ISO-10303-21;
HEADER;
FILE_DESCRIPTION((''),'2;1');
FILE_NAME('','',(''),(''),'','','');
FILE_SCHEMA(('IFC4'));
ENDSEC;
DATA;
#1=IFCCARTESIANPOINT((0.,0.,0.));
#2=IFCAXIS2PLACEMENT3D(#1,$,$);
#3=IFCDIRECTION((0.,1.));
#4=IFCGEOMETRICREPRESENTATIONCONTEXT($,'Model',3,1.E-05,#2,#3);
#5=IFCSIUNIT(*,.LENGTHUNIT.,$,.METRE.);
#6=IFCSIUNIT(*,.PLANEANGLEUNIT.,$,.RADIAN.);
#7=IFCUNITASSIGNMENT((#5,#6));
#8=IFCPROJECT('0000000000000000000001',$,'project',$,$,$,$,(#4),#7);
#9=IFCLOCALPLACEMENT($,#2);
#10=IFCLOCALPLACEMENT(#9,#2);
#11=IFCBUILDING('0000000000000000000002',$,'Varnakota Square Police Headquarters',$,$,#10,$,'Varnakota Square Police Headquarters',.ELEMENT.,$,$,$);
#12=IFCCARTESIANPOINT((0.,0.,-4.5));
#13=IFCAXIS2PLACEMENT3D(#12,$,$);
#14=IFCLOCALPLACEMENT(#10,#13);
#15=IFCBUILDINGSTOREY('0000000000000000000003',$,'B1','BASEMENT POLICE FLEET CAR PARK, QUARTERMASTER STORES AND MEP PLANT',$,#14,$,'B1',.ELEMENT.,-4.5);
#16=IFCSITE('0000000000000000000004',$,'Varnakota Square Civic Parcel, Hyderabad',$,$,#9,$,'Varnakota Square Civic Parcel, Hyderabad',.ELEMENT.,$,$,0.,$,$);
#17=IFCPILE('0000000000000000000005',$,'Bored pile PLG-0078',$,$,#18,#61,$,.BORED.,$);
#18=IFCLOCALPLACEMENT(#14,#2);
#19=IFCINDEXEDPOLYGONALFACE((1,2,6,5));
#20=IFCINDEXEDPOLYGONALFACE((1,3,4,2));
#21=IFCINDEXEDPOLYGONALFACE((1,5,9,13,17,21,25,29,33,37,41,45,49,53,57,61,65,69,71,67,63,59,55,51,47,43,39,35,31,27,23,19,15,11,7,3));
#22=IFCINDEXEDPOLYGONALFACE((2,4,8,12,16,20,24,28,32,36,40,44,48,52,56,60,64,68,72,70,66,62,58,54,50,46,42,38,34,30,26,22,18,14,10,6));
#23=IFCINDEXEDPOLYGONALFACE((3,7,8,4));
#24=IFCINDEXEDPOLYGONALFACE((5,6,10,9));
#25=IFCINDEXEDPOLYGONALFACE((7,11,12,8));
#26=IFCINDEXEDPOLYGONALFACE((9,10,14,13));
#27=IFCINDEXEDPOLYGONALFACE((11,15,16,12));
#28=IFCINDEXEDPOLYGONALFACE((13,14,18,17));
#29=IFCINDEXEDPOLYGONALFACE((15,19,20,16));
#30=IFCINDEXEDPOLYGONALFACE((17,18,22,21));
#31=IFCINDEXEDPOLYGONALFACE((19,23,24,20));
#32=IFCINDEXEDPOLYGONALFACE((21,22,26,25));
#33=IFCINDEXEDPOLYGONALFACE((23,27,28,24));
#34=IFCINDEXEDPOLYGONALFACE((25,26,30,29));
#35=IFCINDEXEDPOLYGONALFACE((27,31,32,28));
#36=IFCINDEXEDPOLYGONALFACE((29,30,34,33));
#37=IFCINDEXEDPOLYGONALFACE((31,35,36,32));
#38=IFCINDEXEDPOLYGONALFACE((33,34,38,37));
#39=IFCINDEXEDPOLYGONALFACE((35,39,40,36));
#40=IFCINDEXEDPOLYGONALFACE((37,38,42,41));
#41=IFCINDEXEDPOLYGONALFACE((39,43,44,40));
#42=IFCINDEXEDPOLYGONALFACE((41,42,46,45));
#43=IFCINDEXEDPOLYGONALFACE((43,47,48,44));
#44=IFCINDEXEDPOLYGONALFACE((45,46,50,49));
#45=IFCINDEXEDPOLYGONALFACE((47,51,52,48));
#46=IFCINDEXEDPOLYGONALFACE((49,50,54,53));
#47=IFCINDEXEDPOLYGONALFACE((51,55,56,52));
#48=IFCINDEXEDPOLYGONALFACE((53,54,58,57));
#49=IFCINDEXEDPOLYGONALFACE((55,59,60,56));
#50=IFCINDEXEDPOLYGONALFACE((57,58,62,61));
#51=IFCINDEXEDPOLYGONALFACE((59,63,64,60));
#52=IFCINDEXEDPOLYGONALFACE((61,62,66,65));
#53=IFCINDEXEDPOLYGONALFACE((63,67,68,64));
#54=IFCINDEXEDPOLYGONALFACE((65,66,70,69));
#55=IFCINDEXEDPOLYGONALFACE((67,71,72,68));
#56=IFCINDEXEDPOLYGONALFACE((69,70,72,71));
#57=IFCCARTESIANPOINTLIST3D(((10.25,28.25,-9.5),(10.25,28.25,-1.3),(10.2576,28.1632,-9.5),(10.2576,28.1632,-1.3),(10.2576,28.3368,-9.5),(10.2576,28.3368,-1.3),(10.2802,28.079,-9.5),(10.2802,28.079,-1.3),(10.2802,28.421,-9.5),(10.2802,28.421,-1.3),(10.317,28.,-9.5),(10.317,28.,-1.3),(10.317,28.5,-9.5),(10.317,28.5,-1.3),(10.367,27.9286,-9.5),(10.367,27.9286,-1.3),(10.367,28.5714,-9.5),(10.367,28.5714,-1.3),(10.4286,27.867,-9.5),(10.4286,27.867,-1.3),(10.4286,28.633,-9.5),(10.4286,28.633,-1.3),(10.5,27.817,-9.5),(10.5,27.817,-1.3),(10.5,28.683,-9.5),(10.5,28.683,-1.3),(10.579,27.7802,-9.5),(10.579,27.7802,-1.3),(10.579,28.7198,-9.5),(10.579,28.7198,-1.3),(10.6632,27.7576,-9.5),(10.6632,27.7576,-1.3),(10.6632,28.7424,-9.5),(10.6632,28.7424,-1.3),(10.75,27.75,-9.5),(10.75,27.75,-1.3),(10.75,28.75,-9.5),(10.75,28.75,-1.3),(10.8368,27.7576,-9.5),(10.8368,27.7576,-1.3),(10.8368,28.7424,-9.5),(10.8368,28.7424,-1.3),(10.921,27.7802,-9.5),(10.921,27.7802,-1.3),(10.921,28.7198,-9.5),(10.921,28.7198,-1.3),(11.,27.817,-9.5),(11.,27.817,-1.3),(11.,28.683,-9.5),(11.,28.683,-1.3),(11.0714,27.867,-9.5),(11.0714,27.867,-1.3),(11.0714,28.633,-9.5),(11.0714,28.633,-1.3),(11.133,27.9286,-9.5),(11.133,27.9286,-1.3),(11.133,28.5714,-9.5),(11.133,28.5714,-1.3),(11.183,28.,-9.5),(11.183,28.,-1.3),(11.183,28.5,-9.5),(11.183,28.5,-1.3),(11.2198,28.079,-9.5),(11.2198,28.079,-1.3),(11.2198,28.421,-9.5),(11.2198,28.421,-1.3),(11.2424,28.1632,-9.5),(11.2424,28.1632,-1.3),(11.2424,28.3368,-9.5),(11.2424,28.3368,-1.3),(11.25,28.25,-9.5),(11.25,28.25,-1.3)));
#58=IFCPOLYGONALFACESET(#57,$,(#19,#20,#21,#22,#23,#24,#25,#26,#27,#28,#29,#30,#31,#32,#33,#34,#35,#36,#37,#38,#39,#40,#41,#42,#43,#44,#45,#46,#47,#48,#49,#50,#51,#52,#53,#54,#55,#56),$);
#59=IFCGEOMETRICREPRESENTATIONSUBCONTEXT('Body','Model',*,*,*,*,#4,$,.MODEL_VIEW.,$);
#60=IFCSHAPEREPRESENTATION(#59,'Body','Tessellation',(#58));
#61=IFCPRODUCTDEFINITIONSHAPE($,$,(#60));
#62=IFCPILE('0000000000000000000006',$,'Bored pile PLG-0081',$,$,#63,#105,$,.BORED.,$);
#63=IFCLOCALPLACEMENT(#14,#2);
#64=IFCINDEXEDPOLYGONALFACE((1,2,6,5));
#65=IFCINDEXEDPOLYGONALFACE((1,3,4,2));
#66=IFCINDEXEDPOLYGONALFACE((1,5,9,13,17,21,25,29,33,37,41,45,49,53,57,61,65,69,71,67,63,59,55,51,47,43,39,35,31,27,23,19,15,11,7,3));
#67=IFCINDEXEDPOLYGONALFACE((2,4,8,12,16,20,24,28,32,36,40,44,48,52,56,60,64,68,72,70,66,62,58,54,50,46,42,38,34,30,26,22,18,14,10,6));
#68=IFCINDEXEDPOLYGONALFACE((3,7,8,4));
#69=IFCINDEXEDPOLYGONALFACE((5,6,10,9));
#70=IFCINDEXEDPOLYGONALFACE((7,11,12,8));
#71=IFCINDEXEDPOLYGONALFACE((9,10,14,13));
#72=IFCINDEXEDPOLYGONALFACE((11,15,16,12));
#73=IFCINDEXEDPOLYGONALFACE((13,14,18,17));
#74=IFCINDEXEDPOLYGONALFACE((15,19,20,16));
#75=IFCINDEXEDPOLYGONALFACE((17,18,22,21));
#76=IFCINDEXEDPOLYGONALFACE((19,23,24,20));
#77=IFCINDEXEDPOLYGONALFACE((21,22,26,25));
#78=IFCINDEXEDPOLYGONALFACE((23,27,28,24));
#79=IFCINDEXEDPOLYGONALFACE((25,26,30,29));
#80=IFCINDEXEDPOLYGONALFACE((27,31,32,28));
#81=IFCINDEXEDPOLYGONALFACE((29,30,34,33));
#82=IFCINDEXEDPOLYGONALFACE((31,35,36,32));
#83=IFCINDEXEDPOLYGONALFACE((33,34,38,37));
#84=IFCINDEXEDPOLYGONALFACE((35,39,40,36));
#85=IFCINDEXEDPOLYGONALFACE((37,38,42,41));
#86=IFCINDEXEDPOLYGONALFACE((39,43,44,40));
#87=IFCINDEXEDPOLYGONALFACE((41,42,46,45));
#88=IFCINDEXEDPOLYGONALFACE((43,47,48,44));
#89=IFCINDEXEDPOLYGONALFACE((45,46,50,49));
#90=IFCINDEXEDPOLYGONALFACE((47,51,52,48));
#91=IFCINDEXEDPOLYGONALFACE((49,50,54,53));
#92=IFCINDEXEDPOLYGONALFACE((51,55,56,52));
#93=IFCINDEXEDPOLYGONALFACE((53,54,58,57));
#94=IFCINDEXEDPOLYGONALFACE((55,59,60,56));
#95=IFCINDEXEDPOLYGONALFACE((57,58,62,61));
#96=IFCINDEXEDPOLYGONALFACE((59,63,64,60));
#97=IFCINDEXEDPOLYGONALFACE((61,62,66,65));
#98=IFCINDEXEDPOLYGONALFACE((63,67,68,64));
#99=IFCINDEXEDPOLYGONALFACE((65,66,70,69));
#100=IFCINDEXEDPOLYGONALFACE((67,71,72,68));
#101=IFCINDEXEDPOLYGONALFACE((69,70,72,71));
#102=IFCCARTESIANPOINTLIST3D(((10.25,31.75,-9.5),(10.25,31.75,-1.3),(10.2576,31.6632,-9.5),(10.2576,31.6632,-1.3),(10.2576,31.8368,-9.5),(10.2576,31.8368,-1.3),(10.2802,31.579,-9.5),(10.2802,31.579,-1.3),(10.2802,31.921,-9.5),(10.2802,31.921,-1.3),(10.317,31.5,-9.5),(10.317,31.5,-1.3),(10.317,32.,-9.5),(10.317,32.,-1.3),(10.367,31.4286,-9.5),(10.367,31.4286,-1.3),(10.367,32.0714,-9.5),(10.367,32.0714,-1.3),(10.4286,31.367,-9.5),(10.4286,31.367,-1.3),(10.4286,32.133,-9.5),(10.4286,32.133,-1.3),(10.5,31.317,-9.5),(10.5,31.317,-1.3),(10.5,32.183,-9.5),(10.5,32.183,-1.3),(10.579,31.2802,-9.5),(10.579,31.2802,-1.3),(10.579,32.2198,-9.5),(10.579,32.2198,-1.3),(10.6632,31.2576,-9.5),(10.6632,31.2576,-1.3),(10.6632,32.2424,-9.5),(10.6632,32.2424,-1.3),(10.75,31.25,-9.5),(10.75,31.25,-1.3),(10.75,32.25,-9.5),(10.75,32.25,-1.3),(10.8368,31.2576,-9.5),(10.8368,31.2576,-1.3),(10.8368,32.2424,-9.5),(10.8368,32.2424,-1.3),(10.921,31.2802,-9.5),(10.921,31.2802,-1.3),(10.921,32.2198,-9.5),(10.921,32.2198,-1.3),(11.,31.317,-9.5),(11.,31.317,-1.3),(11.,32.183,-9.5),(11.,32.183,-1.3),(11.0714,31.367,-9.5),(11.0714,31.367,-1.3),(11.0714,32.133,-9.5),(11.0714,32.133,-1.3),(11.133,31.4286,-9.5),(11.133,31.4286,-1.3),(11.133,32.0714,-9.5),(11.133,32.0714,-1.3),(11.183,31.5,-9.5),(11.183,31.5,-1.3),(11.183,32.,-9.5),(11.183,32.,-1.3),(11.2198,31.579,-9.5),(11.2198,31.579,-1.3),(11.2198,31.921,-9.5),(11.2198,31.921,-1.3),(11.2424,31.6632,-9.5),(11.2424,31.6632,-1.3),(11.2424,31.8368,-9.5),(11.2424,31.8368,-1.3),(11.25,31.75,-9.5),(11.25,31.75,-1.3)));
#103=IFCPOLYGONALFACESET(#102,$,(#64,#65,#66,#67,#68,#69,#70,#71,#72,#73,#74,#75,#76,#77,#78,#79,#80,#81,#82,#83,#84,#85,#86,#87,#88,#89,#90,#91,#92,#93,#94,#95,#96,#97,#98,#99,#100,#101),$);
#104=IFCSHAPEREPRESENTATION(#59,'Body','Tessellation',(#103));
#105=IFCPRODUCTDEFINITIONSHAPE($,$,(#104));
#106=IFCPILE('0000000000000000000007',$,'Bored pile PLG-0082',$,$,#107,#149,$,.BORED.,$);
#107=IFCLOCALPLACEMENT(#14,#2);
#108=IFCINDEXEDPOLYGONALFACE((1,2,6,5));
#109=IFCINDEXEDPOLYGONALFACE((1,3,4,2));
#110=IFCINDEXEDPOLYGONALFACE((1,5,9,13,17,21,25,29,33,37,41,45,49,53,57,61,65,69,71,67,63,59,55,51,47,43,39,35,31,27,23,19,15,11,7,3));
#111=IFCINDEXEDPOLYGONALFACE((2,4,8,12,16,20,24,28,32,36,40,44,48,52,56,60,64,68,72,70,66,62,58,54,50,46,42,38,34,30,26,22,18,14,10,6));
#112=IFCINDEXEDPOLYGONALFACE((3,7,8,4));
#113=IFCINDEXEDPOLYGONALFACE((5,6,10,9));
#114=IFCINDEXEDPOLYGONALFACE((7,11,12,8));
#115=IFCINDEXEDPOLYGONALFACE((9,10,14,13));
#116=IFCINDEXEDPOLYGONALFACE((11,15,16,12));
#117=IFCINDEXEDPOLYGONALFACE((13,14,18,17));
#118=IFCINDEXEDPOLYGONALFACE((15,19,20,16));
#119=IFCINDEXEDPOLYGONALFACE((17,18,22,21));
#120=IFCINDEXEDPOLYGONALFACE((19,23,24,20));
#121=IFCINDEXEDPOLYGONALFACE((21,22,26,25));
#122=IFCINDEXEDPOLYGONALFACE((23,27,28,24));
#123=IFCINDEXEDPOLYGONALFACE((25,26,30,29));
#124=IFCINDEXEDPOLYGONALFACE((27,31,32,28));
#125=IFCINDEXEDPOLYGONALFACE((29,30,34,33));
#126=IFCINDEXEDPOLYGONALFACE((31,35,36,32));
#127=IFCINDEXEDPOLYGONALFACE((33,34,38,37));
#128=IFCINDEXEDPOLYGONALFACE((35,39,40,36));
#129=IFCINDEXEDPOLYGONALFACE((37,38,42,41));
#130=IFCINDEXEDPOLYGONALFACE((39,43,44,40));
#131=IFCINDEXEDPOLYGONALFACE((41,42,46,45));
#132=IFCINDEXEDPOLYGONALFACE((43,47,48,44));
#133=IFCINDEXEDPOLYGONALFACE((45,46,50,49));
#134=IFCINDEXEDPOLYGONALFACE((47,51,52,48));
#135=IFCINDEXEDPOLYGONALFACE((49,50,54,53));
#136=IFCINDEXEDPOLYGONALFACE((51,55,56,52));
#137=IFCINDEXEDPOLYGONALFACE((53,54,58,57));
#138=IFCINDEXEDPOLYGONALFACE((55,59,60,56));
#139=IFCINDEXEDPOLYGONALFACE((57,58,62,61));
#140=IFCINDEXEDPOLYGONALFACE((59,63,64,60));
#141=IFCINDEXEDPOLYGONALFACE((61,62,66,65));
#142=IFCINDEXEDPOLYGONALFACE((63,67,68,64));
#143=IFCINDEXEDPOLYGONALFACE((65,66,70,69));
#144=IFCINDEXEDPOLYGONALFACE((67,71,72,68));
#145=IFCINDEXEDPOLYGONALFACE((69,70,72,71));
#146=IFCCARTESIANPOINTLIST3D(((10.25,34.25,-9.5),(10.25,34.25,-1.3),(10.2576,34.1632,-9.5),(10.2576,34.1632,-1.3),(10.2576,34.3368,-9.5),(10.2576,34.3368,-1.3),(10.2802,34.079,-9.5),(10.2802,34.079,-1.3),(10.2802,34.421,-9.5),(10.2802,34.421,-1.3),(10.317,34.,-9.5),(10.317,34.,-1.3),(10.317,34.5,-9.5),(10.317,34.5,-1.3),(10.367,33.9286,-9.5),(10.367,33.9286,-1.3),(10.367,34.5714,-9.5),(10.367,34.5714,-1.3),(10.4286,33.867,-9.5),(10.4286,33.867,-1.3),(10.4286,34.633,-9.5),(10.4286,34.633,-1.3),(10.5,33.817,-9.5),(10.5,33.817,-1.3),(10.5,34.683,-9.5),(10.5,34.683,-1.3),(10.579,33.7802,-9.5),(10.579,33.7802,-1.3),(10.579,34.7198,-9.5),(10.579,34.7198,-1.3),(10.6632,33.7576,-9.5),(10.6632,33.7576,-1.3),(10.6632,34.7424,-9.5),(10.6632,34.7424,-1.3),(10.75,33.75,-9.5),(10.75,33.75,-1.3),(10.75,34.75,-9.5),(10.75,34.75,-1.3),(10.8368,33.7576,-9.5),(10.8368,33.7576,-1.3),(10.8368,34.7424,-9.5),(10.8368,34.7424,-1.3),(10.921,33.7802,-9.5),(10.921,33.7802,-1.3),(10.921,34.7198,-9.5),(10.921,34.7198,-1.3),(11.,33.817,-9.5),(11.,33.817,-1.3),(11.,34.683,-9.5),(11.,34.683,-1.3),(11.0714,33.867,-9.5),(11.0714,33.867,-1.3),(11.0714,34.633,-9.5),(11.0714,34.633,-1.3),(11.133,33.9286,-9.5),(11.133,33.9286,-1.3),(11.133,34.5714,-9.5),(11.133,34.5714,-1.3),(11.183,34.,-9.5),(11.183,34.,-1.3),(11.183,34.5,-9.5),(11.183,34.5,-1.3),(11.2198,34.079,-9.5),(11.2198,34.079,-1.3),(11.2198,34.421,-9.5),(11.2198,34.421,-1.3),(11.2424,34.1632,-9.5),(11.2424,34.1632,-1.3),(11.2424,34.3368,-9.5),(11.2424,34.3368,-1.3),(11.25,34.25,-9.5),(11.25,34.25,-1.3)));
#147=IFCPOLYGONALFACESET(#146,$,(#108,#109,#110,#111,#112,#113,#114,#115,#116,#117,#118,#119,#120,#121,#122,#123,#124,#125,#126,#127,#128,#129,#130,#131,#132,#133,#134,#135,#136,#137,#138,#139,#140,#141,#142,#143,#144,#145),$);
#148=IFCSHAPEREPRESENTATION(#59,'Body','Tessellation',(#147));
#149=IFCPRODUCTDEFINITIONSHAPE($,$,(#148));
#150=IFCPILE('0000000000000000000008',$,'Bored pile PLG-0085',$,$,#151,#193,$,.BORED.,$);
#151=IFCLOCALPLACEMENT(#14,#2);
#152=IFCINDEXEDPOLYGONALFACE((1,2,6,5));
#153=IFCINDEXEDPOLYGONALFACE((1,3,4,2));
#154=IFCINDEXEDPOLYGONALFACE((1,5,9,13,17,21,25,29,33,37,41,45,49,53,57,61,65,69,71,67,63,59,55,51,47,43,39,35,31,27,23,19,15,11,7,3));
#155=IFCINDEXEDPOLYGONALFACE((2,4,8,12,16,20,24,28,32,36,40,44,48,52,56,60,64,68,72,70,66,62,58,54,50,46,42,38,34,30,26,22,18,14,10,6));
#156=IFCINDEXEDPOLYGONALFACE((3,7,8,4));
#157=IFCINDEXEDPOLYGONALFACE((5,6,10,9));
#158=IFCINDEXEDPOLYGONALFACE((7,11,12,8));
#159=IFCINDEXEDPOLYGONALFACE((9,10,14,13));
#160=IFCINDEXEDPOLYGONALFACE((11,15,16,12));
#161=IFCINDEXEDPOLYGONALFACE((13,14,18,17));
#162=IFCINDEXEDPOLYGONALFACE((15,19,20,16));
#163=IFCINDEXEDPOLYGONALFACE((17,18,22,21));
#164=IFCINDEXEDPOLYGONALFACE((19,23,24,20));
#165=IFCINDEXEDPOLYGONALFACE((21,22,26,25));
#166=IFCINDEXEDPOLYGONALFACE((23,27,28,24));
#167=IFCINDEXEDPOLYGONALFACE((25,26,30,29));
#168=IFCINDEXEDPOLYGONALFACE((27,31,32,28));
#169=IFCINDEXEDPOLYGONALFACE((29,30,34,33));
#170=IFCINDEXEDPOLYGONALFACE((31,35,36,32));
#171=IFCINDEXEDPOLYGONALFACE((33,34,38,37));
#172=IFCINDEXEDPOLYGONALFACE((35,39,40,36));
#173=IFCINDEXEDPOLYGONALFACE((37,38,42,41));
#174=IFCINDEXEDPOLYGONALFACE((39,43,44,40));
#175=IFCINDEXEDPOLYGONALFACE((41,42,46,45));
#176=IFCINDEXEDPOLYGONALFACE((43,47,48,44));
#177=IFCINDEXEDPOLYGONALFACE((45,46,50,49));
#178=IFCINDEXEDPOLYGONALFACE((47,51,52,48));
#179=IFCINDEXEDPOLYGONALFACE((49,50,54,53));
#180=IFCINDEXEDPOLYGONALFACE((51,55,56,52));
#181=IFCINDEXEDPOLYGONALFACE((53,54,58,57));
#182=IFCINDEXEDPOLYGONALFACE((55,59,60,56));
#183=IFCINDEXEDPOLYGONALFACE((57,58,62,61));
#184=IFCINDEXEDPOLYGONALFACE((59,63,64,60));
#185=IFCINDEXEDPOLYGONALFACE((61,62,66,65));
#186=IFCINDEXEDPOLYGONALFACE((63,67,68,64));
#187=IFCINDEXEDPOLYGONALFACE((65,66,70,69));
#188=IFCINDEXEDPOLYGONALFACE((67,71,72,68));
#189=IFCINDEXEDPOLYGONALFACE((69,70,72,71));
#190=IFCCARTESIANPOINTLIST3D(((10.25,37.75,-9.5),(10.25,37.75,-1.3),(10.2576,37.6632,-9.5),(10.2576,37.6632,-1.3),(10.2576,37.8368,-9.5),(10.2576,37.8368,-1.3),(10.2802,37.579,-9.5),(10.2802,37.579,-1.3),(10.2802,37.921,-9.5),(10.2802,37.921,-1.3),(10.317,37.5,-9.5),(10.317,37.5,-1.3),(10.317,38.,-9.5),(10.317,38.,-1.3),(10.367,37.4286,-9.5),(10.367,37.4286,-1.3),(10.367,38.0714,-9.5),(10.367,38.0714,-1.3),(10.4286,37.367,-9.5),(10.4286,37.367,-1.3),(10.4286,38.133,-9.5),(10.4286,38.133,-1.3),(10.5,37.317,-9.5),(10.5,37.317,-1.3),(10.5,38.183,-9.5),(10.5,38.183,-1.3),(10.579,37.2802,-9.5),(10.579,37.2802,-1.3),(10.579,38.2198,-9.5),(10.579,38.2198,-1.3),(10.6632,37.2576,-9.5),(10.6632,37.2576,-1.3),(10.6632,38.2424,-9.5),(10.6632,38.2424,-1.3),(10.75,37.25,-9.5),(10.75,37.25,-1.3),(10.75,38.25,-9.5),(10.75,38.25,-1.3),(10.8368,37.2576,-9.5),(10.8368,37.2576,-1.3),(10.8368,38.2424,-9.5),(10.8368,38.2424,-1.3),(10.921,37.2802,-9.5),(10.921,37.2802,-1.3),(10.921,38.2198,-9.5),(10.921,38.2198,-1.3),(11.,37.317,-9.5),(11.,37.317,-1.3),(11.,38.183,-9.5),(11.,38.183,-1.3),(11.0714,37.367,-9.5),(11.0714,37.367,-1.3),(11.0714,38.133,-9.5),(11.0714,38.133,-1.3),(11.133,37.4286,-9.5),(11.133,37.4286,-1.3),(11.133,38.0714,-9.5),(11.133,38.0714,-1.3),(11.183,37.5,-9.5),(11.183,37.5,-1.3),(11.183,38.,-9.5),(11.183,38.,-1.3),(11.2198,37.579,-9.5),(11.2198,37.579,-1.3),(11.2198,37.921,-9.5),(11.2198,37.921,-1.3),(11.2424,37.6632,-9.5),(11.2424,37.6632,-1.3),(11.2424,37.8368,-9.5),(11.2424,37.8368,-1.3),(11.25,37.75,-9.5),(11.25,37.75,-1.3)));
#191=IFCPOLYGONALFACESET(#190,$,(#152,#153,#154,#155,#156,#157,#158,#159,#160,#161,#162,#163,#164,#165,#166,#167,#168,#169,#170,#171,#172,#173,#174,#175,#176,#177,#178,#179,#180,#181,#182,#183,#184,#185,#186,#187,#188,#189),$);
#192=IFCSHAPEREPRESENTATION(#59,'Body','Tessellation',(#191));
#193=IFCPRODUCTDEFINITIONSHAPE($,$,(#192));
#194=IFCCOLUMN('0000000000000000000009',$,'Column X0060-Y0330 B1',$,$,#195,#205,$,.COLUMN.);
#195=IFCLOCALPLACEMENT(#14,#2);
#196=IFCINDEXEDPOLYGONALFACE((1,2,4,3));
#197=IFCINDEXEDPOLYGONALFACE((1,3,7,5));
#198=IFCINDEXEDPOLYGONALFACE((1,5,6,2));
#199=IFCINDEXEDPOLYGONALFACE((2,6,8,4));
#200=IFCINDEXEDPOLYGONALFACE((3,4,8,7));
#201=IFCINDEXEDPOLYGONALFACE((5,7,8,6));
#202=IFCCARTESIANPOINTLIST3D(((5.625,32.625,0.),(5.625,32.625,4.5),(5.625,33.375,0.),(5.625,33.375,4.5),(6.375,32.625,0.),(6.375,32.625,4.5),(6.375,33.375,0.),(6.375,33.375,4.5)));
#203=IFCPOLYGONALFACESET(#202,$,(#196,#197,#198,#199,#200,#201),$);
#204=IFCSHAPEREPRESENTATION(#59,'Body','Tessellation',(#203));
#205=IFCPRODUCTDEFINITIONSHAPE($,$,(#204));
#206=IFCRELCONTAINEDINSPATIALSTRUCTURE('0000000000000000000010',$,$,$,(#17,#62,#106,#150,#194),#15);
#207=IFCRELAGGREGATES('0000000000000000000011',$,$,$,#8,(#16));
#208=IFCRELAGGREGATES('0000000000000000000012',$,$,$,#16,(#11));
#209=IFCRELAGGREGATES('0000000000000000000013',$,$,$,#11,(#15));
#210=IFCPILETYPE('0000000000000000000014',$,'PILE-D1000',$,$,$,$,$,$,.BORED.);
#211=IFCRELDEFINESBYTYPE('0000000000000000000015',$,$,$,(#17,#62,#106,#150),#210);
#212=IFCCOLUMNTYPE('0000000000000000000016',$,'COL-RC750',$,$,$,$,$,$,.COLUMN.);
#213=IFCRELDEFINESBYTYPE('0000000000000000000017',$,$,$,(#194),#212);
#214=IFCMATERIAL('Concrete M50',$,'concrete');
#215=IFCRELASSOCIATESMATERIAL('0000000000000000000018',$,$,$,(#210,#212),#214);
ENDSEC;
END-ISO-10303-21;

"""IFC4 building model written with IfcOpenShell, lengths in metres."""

from ifc_helpers import new_model, si_unit, direction, frame, origin, origin_2d, place, context, subcontext, project, spatial, rectangle, circle, extrude, material, material_profile, profile_set, type_object, element, save


model = new_model("IFC4")

# Units and contexts
model_context = context("Model", 3, precision=1e-05, world=origin(), true_north=direction((0.0, 1.0)))
body_context = subcontext(model_context, "Body", "Model", "MODEL_VIEW")
ifc_project = project(units=[si_unit("LENGTHUNIT", "METRE"), si_unit("PLANEANGLEUNIT", "RADIAN")], contexts=[model_context])

# Site, building, storey
site_placement = place(None, origin())
site = spatial("IfcSite", under=ifc_project, at=site_placement, Name="Varnakota Square Civic Parcel, Hyderabad", LongName="Varnakota Square Civic Parcel, Hyderabad", CompositionType="ELEMENT", RefElevation=0.0)
building_placement = place(site_placement, origin())
building = spatial("IfcBuilding", under=site, at=building_placement, Name="Varnakota Square Police Headquarters", LongName="Varnakota Square Police Headquarters", CompositionType="ELEMENT")
storey_placement = place(building_placement, frame((0.0, 0.0, -4.5)))
storey = spatial("IfcBuildingStorey", under=building, at=storey_placement, Name="B1", Description="BASEMENT POLICE FLEET CAR PARK, QUARTERMASTER STORES AND MEP PLANT", LongName="B1", CompositionType="ELEMENT", Elevation=-4.5)

# Shared definitions
ifc_material_1 = material(Name="Concrete M50", Category="concrete")

# Piles
ifc_material_profile_1 = material_profile(ifc_material_1, circle(Radius=0.5, at=origin_2d()), Name="BORED PILE 1000")
ifc_profile_set_1 = profile_set([ifc_material_profile_1], Name="Concrete M50")
pile_type = type_object("IfcPileType", Name="PILE-D1000", PredefinedType="BORED", material=ifc_profile_set_1)
for number, where, z_axis, x_axis, name in (
    (1, (10.75, 28.25, -1.3), (0.0, 0.0, -1.0), (1.0, 0.0, 0.0), "Bored pile PLG-0078"),
    (2, (10.75, 31.75, -1.3), (0.0, 0.0, -1.0), (1.0, 0.0, 0.0), "Bored pile PLG-0081"),
    (3, (10.75, 34.25, -1.3), (0.0, 0.0, -1.0), (1.0, 0.0, 0.0), "Bored pile PLG-0082"),
    (4, (10.75, 37.75, -1.3), (0.0, 0.0, -1.0), (1.0, 0.0, 0.0), "Bored pile PLG-0085"),
):
    element("IfcPile", number, at=place(storey_placement, frame(where, z_axis=z_axis, x_axis=x_axis)), inside=storey, type_object=pile_type, Name=name, PredefinedType="BORED", context=body_context, shape_type="SweptSolid", body=[
        extrude(circle(Radius=0.5, at=origin_2d()), origin(), (0.0, 0.0, 1.0), 8.2),
    ])

# Column
ifc_material_profile_2 = material_profile(ifc_material_1, rectangle(XDim=0.75, YDim=0.75, at=origin_2d()), Name="RC 750x750")
ifc_profile_set_2 = profile_set([ifc_material_profile_2], Name="Concrete M50")
column_type = type_object("IfcColumnType", Name="COL-RC750", PredefinedType="COLUMN", material=ifc_profile_set_2)
for number, where, z_axis, x_axis, name in (
    (5, (6.0, 33.0, 0.0), (0.0, 0.0, 1.0), (1.0, 0.0, 0.0), "Column X0060-Y0330 B1"),
):
    element("IfcColumn", number, at=place(storey_placement, frame(where, z_axis=z_axis, x_axis=x_axis)), inside=storey, type_object=column_type, Name=name, PredefinedType="COLUMN", context=body_context, shape_type="SweptSolid", body=[
        extrude(rectangle(XDim=0.75, YDim=0.75, at=origin_2d()), origin(), (0.0, 0.0, 1.0), 4.5),
    ])

save(model, "model.ifc")
